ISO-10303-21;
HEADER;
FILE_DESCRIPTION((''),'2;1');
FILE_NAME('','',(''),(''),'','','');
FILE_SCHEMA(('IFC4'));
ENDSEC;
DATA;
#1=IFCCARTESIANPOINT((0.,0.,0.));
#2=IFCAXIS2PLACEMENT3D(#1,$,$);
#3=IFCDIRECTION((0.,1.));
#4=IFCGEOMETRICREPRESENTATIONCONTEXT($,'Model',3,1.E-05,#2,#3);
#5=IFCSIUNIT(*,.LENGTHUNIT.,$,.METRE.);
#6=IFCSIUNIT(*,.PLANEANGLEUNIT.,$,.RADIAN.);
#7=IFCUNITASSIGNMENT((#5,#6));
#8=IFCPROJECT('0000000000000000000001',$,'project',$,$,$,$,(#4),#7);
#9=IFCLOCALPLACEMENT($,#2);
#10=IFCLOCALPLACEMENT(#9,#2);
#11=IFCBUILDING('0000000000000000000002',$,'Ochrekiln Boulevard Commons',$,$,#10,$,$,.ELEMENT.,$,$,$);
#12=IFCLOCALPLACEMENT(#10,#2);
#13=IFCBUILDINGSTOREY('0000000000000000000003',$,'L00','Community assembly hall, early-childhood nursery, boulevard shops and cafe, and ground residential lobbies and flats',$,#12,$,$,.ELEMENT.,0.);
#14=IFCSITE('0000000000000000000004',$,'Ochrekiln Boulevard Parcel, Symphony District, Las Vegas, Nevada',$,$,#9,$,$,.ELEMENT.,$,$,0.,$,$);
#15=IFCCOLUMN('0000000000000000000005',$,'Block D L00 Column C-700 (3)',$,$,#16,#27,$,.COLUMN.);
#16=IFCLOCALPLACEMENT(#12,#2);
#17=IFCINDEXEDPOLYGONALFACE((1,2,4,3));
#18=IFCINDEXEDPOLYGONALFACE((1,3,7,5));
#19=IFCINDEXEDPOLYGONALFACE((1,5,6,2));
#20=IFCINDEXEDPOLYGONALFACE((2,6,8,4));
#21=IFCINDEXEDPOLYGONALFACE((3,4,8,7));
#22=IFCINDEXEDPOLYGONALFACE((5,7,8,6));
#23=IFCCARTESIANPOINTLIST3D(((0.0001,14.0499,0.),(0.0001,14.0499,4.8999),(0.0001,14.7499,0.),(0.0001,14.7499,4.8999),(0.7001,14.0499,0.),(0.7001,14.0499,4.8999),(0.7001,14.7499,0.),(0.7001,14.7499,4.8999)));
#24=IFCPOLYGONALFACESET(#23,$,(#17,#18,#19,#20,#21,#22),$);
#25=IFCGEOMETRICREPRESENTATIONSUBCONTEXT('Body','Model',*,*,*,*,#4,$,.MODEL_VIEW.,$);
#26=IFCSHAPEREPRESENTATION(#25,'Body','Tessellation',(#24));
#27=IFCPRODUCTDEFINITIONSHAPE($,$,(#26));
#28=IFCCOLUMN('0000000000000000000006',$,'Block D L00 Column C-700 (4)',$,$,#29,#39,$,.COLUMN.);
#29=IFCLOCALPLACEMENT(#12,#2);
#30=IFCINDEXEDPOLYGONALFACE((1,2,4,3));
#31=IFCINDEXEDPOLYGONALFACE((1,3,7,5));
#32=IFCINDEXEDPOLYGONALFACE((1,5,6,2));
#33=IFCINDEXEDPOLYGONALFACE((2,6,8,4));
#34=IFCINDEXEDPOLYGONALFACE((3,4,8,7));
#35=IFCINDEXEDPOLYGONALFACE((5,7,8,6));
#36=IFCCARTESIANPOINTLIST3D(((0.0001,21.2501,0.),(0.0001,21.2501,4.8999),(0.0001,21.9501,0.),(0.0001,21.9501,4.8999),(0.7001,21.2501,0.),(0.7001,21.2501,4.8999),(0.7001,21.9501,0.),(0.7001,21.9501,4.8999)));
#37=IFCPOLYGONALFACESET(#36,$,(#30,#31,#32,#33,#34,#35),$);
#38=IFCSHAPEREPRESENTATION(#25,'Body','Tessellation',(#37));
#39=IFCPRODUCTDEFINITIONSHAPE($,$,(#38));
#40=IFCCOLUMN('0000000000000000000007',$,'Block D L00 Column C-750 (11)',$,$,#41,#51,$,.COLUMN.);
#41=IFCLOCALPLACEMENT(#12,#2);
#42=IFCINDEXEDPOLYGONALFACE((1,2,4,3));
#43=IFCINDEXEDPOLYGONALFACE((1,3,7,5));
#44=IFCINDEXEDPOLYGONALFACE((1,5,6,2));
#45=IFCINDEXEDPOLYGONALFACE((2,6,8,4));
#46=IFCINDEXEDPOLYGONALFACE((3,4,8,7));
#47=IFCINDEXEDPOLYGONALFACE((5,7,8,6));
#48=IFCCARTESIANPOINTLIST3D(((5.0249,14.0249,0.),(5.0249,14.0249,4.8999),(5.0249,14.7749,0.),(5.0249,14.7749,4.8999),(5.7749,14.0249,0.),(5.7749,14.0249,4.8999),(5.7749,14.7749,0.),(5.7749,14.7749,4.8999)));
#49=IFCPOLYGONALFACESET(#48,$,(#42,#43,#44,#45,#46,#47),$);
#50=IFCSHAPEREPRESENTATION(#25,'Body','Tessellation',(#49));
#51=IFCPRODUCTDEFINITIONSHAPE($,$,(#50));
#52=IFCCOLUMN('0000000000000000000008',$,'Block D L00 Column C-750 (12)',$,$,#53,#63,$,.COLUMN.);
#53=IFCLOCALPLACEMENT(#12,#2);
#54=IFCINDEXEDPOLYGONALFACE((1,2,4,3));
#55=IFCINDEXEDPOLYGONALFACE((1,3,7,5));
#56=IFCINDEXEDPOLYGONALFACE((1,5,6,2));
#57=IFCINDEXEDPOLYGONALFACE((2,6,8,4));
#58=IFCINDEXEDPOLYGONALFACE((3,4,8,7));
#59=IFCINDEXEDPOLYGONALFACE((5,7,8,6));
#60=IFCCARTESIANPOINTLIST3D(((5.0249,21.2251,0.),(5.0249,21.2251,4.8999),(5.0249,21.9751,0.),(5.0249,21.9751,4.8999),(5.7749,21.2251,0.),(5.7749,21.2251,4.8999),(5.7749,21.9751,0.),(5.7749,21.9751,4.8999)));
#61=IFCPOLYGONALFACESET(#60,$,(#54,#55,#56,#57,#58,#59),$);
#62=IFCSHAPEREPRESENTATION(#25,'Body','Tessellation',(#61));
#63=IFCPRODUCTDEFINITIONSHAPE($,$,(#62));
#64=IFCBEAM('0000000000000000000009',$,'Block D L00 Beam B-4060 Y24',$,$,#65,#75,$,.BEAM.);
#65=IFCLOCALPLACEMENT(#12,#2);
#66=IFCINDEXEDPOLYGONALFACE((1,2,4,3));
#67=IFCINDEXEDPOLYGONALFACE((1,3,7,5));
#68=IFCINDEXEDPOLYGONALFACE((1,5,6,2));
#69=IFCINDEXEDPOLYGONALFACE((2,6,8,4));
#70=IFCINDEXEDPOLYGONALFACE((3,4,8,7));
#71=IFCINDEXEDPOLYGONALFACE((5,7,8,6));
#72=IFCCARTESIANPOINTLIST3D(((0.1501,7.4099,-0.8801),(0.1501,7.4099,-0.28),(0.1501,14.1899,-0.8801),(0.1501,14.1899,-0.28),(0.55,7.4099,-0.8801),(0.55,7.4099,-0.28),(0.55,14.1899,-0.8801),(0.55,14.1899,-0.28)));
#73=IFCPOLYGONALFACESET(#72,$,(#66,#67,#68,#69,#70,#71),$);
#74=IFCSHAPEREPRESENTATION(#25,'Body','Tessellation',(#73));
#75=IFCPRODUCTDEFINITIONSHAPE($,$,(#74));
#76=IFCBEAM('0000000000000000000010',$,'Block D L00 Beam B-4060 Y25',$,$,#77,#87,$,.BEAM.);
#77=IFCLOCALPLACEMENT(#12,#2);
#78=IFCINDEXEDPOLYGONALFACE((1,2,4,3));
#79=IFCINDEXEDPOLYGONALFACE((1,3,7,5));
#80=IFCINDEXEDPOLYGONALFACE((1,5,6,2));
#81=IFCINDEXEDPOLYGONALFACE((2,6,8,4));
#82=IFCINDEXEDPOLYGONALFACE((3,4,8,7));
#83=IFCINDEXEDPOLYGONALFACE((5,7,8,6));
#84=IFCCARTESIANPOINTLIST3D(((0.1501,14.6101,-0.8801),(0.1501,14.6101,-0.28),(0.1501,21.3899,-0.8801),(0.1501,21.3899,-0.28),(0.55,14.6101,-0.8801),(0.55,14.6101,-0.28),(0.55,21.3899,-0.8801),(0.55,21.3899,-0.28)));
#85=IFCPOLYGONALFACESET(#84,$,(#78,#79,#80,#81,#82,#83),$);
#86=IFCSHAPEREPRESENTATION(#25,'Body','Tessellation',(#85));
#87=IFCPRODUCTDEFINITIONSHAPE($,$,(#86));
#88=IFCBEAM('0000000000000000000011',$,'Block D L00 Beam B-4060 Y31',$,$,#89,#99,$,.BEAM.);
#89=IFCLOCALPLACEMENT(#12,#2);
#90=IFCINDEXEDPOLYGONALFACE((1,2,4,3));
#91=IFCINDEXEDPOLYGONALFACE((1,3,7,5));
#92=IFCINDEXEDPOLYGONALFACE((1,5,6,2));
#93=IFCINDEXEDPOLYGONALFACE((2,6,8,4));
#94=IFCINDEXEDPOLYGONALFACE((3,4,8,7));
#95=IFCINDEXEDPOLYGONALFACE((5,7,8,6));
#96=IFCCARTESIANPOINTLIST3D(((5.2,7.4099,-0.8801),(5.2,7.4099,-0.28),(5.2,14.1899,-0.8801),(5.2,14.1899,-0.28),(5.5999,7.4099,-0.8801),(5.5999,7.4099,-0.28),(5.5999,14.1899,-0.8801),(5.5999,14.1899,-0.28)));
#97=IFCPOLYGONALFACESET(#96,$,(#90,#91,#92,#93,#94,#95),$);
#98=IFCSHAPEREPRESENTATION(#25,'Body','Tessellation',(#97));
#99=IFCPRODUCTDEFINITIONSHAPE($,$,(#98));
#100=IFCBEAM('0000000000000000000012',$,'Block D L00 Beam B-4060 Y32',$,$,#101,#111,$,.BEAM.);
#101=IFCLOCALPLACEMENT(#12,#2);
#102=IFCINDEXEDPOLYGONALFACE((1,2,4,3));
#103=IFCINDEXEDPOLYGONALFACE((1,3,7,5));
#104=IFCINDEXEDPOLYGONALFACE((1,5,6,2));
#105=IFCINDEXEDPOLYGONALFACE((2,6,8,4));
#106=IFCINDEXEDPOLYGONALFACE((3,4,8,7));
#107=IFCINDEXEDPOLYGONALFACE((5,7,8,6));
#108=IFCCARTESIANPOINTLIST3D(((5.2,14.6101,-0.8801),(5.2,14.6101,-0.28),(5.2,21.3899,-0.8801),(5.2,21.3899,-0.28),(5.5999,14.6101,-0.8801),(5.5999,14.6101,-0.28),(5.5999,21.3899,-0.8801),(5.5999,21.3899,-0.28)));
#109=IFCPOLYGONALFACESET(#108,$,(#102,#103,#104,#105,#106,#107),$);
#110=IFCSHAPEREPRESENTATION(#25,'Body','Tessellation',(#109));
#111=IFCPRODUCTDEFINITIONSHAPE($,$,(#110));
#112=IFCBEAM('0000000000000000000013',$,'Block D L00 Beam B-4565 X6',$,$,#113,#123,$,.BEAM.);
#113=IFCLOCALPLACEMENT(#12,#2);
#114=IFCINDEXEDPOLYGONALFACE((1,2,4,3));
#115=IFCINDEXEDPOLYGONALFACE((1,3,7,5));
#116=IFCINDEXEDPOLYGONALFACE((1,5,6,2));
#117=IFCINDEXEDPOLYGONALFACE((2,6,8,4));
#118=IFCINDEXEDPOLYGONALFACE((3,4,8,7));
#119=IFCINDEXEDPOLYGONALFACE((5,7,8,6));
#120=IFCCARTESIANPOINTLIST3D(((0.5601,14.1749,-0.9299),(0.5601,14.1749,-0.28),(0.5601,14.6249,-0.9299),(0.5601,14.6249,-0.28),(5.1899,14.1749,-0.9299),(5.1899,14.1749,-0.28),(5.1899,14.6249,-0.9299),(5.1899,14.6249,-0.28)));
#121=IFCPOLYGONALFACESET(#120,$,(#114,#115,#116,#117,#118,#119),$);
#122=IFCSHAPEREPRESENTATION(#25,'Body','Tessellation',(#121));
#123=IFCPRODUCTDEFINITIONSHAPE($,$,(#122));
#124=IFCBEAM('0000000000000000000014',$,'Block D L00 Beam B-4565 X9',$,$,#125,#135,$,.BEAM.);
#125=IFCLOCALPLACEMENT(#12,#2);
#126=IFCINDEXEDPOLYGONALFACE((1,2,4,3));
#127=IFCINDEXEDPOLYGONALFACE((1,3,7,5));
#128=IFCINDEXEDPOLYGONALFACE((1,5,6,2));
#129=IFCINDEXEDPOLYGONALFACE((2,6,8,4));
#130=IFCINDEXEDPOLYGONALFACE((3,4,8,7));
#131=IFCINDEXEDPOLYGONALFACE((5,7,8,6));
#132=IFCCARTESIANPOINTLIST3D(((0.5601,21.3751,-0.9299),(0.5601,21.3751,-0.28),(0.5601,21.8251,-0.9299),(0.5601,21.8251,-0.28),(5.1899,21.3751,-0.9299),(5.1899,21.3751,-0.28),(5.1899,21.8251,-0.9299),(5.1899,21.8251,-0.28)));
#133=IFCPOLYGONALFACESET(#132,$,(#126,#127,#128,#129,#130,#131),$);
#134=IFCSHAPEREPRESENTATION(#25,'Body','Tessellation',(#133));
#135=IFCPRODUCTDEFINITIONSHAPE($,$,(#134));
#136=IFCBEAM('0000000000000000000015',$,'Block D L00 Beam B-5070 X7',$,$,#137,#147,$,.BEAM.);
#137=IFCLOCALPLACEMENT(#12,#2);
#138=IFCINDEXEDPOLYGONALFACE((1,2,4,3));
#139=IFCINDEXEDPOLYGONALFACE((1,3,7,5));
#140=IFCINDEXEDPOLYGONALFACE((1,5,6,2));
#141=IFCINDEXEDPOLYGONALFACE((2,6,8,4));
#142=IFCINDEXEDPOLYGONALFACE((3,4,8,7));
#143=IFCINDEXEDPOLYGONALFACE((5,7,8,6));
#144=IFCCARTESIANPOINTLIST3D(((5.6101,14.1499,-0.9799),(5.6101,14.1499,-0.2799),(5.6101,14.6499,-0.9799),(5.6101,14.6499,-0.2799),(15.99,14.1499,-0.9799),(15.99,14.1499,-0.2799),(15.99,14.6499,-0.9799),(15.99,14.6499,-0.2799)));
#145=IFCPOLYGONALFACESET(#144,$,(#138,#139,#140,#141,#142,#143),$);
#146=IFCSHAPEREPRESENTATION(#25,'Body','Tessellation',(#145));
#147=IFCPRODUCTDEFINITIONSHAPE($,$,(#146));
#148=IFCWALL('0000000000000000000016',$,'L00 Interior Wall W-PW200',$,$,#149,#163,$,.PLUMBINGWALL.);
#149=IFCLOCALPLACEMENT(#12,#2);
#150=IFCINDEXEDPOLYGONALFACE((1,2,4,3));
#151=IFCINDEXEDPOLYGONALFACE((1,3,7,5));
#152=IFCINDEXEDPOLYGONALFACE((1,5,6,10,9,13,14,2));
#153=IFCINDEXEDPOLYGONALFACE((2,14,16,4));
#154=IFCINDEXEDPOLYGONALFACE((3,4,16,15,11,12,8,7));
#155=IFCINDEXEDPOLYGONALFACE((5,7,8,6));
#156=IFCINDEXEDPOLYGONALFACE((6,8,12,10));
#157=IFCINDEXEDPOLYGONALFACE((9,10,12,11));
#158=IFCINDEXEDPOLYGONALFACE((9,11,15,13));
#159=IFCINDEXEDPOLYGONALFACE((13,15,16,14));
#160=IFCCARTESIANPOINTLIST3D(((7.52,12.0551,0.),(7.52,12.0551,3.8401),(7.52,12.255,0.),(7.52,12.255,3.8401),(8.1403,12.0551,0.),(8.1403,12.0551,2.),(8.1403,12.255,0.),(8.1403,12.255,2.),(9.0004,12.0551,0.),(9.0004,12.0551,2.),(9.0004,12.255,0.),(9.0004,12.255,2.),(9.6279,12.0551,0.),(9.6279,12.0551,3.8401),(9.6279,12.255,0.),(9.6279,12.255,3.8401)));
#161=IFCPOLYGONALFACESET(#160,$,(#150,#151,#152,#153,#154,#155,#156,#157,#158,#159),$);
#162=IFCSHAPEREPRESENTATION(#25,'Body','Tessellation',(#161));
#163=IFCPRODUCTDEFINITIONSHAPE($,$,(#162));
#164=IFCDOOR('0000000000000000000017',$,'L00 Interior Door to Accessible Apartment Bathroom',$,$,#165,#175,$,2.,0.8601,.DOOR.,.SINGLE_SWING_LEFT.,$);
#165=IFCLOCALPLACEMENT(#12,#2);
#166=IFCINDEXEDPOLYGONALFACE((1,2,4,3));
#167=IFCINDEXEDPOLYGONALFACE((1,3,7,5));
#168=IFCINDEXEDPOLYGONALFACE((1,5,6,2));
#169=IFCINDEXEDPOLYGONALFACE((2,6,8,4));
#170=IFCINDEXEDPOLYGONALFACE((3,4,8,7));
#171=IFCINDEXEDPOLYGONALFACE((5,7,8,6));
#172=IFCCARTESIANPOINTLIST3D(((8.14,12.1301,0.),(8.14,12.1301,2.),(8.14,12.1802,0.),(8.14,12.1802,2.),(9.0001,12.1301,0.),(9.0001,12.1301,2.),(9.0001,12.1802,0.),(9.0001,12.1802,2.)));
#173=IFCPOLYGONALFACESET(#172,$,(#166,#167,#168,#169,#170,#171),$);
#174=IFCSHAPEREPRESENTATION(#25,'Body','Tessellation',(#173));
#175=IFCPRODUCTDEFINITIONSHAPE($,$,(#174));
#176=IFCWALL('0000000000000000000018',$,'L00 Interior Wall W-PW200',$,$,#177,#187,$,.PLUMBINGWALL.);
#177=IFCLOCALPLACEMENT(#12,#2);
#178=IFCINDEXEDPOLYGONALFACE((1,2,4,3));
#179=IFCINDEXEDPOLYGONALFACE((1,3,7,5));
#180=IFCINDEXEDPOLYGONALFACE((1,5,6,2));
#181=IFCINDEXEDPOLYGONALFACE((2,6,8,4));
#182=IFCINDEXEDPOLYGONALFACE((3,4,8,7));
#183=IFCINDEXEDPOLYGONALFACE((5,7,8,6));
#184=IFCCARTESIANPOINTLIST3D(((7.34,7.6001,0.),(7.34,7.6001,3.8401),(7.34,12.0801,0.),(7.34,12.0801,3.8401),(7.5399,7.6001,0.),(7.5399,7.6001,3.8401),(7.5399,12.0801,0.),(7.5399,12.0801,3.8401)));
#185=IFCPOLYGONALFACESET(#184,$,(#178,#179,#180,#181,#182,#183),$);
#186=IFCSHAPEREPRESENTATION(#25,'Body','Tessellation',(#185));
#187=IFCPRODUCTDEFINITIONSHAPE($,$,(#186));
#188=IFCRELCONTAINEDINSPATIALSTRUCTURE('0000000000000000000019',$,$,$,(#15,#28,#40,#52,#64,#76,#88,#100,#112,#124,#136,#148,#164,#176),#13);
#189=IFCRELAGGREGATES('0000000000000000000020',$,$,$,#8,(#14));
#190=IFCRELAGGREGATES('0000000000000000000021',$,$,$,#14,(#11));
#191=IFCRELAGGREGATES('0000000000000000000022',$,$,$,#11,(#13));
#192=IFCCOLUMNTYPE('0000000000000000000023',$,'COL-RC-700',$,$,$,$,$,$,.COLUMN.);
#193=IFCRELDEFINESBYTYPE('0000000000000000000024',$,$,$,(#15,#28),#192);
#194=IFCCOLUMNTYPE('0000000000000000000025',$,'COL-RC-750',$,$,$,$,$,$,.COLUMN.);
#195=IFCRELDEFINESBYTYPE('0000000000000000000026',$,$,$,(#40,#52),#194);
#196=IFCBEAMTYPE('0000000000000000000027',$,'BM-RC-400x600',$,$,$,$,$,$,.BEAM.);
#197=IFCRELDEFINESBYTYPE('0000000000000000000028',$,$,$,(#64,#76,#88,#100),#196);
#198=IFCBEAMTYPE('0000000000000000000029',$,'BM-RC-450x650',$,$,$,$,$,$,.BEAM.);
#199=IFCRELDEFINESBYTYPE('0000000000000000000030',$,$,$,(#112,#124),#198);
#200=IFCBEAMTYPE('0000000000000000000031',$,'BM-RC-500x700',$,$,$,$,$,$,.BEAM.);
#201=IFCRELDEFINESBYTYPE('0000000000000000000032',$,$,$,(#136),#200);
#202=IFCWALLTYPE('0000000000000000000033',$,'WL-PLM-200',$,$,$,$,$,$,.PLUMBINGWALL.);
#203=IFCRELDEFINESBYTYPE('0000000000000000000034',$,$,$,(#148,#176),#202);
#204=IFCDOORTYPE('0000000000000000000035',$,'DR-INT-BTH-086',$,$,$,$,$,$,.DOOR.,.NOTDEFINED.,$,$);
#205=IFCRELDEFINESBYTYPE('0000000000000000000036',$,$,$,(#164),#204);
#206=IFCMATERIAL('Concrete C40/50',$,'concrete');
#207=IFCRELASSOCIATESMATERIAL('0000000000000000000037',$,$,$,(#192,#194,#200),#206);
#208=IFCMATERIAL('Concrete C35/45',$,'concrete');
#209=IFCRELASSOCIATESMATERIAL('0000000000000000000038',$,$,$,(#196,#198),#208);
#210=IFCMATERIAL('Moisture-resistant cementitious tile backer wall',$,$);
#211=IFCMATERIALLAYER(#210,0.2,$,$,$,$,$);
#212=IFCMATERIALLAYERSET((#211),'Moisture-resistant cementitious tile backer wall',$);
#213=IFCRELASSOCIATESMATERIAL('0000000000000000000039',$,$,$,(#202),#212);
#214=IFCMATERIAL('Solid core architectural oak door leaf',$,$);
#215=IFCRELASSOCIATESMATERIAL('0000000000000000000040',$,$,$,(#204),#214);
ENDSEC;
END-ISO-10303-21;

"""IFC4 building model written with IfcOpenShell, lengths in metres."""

from ifc_helpers import new_model, si_unit, direction, frame, frame_2d, origin, origin_2d, place, context, subcontext, project, spatial, rectangle, extrude, material, layer, layer_set, material_profile, profile_set, type_object, element, fill, save


model = new_model("IFC4")

# Units and contexts
model_context = context("Model", 3, precision=1e-05, world=origin(), true_north=direction((0.0, 1.0)))
body_context = subcontext(model_context, "Body", "Model", "MODEL_VIEW")
ifc_project = project(units=[si_unit("LENGTHUNIT", "METRE"), si_unit("PLANEANGLEUNIT", "RADIAN")], contexts=[model_context])

# Site, building, storey
site_placement = place(None, origin())
site = spatial("IfcSite", under=ifc_project, at=site_placement, Name="Ochrekiln Boulevard Parcel, Symphony District, Las Vegas, Nevada", CompositionType="ELEMENT", RefElevation=0.0)
building_placement = place(site_placement, origin())
building = spatial("IfcBuilding", under=site, at=building_placement, Name="Ochrekiln Boulevard Commons", CompositionType="ELEMENT")
storey_placement = place(building_placement, origin())
storey = spatial("IfcBuildingStorey", under=building, at=storey_placement, Name="L00", Description="Community assembly hall, early-childhood nursery, boulevard shops and cafe, and ground residential lobbies and flats", CompositionType="ELEMENT", Elevation=0.0)

# Columns
ifc_material_1 = material(Name="Concrete C40/50", Category="concrete")
ifc_material_profile_1 = material_profile(ifc_material_1, rectangle(XDim=0.7, YDim=0.7, at=origin_2d()), Name="RC-COL-700x700")
ifc_profile_set_1 = profile_set([ifc_material_profile_1], Name="Concrete C40/50")
column_type_1 = type_object("IfcColumnType", Name="COL-RC-700", PredefinedType="COLUMN", material=ifc_profile_set_1)
for number, where, z_axis, x_axis, name in (
    (1, (0.3501, 14.3999, 0.0), (0.0, 0.0, 1.0), (1.0, 0.0, 0.0), "Block D L00 Column C-700 (3)"),
    (2, (0.3501, 21.6001, 0.0), (0.0, 0.0, 1.0), (1.0, 0.0, 0.0), "Block D L00 Column C-700 (4)"),
):
    element("IfcColumn", number, at=place(storey_placement, frame(where, z_axis=z_axis, x_axis=x_axis)), inside=storey, type_object=column_type_1, Name=name, PredefinedType="COLUMN", context=body_context, shape_type="SweptSolid", body=[
        extrude(rectangle(XDim=0.7, YDim=0.7, at=origin_2d()), origin(), (0.0, 0.0, 1.0), 4.8999),
    ])
ifc_material_profile_2 = material_profile(ifc_material_1, rectangle(XDim=0.75, YDim=0.75, at=origin_2d()), Name="RC-COL-750x750")
ifc_profile_set_2 = profile_set([ifc_material_profile_2], Name="Concrete C40/50")
column_type_2 = type_object("IfcColumnType", Name="COL-RC-750", PredefinedType="COLUMN", material=ifc_profile_set_2)
for number, where, z_axis, x_axis, name in (
    (3, (5.3999, 14.3999, 0.0), (0.0, 0.0, 1.0), (1.0, 0.0, 0.0), "Block D L00 Column C-750 (11)"),
    (4, (5.3999, 21.6001, 0.0), (0.0, 0.0, 1.0), (1.0, 0.0, 0.0), "Block D L00 Column C-750 (12)"),
):
    element("IfcColumn", number, at=place(storey_placement, frame(where, z_axis=z_axis, x_axis=x_axis)), inside=storey, type_object=column_type_2, Name=name, PredefinedType="COLUMN", context=body_context, shape_type="SweptSolid", body=[
        extrude(rectangle(XDim=0.75, YDim=0.75, at=origin_2d()), origin(), (0.0, 0.0, 1.0), 4.8999),
    ])

# Beams
ifc_material_2 = material(Name="Concrete C35/45", Category="concrete")
ifc_material_profile_3 = material_profile(ifc_material_2, rectangle(XDim=0.3999, YDim=0.6001, at=origin_2d()), Name="RC-BM-400x600")
ifc_profile_set_3 = profile_set([ifc_material_profile_3], Name="Concrete C35/45")
beam_type_1 = type_object("IfcBeamType", Name="BM-RC-400x600", PredefinedType="BEAM", material=ifc_profile_set_3)
beam_1_placement = place(storey_placement, frame((0.3501, 7.4099, -0.5801), z_axis=(0.0, 1.0, 0.0), x_axis=(-1.0, 0.0, 0.0)))
element("IfcBeam", 5, at=beam_1_placement, inside=storey, type_object=beam_type_1, Name="Block D L00 Beam B-4060 Y24", PredefinedType="BEAM", context=body_context, shape_type="SweptSolid", body=[
    extrude(rectangle(XDim=0.3999, YDim=0.6001, at=origin_2d()), origin(), (0.0, 0.0, 1.0), 6.78),
])
beam_2_placement = place(storey_placement, frame((0.3501, 14.6101, -0.5801), z_axis=(0.0, 1.0, 0.0), x_axis=(-1.0, 0.0, 0.0)))
element("IfcBeam", 6, at=beam_2_placement, inside=storey, type_object=beam_type_1, Name="Block D L00 Beam B-4060 Y25", PredefinedType="BEAM", context=body_context, shape_type="SweptSolid", body=[
    extrude(rectangle(XDim=0.3999, YDim=0.6001, at=origin_2d()), origin(), (0.0, 0.0, 1.0), 6.7798),
])
beam_3_placement = place(storey_placement, frame((5.3999, 7.4099, -0.5801), z_axis=(0.0, 1.0, 0.0), x_axis=(-1.0, 0.0, 0.0)))
element("IfcBeam", 7, at=beam_3_placement, inside=storey, type_object=beam_type_1, Name="Block D L00 Beam B-4060 Y31", PredefinedType="BEAM", context=body_context, shape_type="SweptSolid", body=[
    extrude(rectangle(XDim=0.3999, YDim=0.6001, at=origin_2d()), origin(), (0.0, 0.0, 1.0), 6.78),
])
beam_4_placement = place(storey_placement, frame((5.3999, 14.6101, -0.5801), z_axis=(0.0, 1.0, 0.0), x_axis=(-1.0, 0.0, 0.0)))
element("IfcBeam", 8, at=beam_4_placement, inside=storey, type_object=beam_type_1, Name="Block D L00 Beam B-4060 Y32", PredefinedType="BEAM", context=body_context, shape_type="SweptSolid", body=[
    extrude(rectangle(XDim=0.3999, YDim=0.6001, at=origin_2d()), origin(), (0.0, 0.0, 1.0), 6.7798),
])
ifc_material_profile_4 = material_profile(ifc_material_2, rectangle(XDim=0.45, YDim=0.6499, at=origin_2d()), Name="RC-BM-450x650")
ifc_profile_set_4 = profile_set([ifc_material_profile_4], Name="Concrete C35/45")
beam_type_2 = type_object("IfcBeamType", Name="BM-RC-450x650", PredefinedType="BEAM", material=ifc_profile_set_4)
for number, where, z_axis, x_axis, name in (
    (9, (0.5601, 14.3999, -0.605), (1.0, 0.0, 0.0), (0.0, 1.0, 0.0), "Block D L00 Beam B-4565 X6"),
    (10, (0.5601, 21.6001, -0.605), (1.0, 0.0, 0.0), (0.0, 1.0, 0.0), "Block D L00 Beam B-4565 X9"),
):
    element("IfcBeam", number, at=place(storey_placement, frame(where, z_axis=z_axis, x_axis=x_axis)), inside=storey, type_object=beam_type_2, Name=name, PredefinedType="BEAM", context=body_context, shape_type="SweptSolid", body=[
        extrude(rectangle(XDim=0.45, YDim=0.6499, at=origin_2d()), origin(), (0.0, 0.0, 1.0), 4.6299),
    ])
ifc_material_profile_5 = material_profile(ifc_material_1, rectangle(XDim=0.5, YDim=0.7, at=origin_2d()), Name="RC-BM-500x700")
ifc_profile_set_5 = profile_set([ifc_material_profile_5], Name="Concrete C40/50")
beam_type_3 = type_object("IfcBeamType", Name="BM-RC-500x700", PredefinedType="BEAM", material=ifc_profile_set_5)
beam_5_placement = place(storey_placement, frame((5.6101, 14.3999, -0.6299), z_axis=(1.0, 0.0, 0.0), x_axis=(0.0, 1.0, 0.0)))
element("IfcBeam", 11, at=beam_5_placement, inside=storey, type_object=beam_type_3, Name="Block D L00 Beam B-5070 X7", PredefinedType="BEAM", context=body_context, shape_type="SweptSolid", body=[
    extrude(rectangle(XDim=0.5, YDim=0.7, at=origin_2d()), origin(), (0.0, 0.0, 1.0), 10.3799),
])

# Wall, opening, door
ifc_material_3 = material(Name="Moisture-resistant cementitious tile backer wall")
ifc_layer_1 = layer(ifc_material_3, 0.2)
ifc_layer_set_1 = layer_set([ifc_layer_1], Name="Moisture-resistant cementitious tile backer wall")
wall_type_1 = type_object("IfcWallType", Name="WL-PLM-200", PredefinedType="PLUMBINGWALL", material=ifc_layer_set_1)
wall_1_placement = place(storey_placement, frame((7.52, 12.155, 0.0), z_axis=(0.0, 0.0, 1.0), x_axis=(1.0, 0.0, 0.0)))
wall_1 = element("IfcWall", 12, at=wall_1_placement, inside=storey, type_object=wall_type_1, Name="L00 Interior Wall W-PW200", PredefinedType="PLUMBINGWALL", context=body_context, shape_type="SweptSolid", body=[
    extrude(rectangle(XDim=2.1079, YDim=0.2, at=frame_2d((1.054, 0.0))), origin(), (0.0, 0.0, 1.0), 3.8401),
])
opening_1_placement = place(wall_1_placement, frame((0.6201, 0.0, 0.0)))
opening_1 = element("IfcOpeningElement", 13, at=opening_1_placement, cuts=wall_1, PredefinedType="OPENING", context=body_context, shape_type="SweptSolid", body=[
    extrude(rectangle(XDim=0.8601, YDim=2.0, at=frame_2d((0.4302, 1.0))), frame((0.0, 0.1099, 0.0), z_axis=(0.0, -1.0, 0.0), x_axis=(1.0, 0.0, 0.0)), (0.0, 0.0, 1.0), 0.22),
])
ifc_material_4 = material(Name="Solid core architectural oak door leaf")
door_type_1 = type_object("IfcDoorType", Name="DR-INT-BTH-086", OperationType="NOTDEFINED", PredefinedType="DOOR", material=ifc_material_4)
door_1_placement = place(opening_1_placement, frame((0.8601, 0.0, 0.0), z_axis=(0.0, 0.0, 1.0), x_axis=(-1.0, 0.0, 0.0)))
door_1 = element("IfcDoor", 14, at=door_1_placement, inside=storey, type_object=door_type_1, Name="L00 Interior Door to Accessible Apartment Bathroom", OperationType="SINGLE_SWING_LEFT", OverallHeight=2.0, OverallWidth=0.8601, PredefinedType="DOOR", context=body_context, shape_type="SweptSolid", body=[
    extrude(rectangle(XDim=0.8601, YDim=2.0, at=frame_2d((0.4302, 1.0))), frame((0.0, 0.0249, 0.0), z_axis=(0.0, -1.0, 0.0), x_axis=(1.0, 0.0, 0.0)), (0.0, 0.0, 1.0), 0.05),
])
fill(opening_1, door_1)

# Wall
wall_2_placement = place(storey_placement, frame((7.4399, 7.6001, 0.0), z_axis=(0.0, 0.0, 1.0), x_axis=(0.0, 1.0, 0.0)))
element("IfcWall", 15, at=wall_2_placement, inside=storey, type_object=wall_type_1, Name="L00 Interior Wall W-PW200", PredefinedType="PLUMBINGWALL", context=body_context, shape_type="SweptSolid", body=[
    extrude(rectangle(XDim=4.48, YDim=0.2, at=frame_2d((2.24, 0.0))), origin(), (0.0, 0.0, 1.0), 3.8401),
])

save(model, "model.ifc")
